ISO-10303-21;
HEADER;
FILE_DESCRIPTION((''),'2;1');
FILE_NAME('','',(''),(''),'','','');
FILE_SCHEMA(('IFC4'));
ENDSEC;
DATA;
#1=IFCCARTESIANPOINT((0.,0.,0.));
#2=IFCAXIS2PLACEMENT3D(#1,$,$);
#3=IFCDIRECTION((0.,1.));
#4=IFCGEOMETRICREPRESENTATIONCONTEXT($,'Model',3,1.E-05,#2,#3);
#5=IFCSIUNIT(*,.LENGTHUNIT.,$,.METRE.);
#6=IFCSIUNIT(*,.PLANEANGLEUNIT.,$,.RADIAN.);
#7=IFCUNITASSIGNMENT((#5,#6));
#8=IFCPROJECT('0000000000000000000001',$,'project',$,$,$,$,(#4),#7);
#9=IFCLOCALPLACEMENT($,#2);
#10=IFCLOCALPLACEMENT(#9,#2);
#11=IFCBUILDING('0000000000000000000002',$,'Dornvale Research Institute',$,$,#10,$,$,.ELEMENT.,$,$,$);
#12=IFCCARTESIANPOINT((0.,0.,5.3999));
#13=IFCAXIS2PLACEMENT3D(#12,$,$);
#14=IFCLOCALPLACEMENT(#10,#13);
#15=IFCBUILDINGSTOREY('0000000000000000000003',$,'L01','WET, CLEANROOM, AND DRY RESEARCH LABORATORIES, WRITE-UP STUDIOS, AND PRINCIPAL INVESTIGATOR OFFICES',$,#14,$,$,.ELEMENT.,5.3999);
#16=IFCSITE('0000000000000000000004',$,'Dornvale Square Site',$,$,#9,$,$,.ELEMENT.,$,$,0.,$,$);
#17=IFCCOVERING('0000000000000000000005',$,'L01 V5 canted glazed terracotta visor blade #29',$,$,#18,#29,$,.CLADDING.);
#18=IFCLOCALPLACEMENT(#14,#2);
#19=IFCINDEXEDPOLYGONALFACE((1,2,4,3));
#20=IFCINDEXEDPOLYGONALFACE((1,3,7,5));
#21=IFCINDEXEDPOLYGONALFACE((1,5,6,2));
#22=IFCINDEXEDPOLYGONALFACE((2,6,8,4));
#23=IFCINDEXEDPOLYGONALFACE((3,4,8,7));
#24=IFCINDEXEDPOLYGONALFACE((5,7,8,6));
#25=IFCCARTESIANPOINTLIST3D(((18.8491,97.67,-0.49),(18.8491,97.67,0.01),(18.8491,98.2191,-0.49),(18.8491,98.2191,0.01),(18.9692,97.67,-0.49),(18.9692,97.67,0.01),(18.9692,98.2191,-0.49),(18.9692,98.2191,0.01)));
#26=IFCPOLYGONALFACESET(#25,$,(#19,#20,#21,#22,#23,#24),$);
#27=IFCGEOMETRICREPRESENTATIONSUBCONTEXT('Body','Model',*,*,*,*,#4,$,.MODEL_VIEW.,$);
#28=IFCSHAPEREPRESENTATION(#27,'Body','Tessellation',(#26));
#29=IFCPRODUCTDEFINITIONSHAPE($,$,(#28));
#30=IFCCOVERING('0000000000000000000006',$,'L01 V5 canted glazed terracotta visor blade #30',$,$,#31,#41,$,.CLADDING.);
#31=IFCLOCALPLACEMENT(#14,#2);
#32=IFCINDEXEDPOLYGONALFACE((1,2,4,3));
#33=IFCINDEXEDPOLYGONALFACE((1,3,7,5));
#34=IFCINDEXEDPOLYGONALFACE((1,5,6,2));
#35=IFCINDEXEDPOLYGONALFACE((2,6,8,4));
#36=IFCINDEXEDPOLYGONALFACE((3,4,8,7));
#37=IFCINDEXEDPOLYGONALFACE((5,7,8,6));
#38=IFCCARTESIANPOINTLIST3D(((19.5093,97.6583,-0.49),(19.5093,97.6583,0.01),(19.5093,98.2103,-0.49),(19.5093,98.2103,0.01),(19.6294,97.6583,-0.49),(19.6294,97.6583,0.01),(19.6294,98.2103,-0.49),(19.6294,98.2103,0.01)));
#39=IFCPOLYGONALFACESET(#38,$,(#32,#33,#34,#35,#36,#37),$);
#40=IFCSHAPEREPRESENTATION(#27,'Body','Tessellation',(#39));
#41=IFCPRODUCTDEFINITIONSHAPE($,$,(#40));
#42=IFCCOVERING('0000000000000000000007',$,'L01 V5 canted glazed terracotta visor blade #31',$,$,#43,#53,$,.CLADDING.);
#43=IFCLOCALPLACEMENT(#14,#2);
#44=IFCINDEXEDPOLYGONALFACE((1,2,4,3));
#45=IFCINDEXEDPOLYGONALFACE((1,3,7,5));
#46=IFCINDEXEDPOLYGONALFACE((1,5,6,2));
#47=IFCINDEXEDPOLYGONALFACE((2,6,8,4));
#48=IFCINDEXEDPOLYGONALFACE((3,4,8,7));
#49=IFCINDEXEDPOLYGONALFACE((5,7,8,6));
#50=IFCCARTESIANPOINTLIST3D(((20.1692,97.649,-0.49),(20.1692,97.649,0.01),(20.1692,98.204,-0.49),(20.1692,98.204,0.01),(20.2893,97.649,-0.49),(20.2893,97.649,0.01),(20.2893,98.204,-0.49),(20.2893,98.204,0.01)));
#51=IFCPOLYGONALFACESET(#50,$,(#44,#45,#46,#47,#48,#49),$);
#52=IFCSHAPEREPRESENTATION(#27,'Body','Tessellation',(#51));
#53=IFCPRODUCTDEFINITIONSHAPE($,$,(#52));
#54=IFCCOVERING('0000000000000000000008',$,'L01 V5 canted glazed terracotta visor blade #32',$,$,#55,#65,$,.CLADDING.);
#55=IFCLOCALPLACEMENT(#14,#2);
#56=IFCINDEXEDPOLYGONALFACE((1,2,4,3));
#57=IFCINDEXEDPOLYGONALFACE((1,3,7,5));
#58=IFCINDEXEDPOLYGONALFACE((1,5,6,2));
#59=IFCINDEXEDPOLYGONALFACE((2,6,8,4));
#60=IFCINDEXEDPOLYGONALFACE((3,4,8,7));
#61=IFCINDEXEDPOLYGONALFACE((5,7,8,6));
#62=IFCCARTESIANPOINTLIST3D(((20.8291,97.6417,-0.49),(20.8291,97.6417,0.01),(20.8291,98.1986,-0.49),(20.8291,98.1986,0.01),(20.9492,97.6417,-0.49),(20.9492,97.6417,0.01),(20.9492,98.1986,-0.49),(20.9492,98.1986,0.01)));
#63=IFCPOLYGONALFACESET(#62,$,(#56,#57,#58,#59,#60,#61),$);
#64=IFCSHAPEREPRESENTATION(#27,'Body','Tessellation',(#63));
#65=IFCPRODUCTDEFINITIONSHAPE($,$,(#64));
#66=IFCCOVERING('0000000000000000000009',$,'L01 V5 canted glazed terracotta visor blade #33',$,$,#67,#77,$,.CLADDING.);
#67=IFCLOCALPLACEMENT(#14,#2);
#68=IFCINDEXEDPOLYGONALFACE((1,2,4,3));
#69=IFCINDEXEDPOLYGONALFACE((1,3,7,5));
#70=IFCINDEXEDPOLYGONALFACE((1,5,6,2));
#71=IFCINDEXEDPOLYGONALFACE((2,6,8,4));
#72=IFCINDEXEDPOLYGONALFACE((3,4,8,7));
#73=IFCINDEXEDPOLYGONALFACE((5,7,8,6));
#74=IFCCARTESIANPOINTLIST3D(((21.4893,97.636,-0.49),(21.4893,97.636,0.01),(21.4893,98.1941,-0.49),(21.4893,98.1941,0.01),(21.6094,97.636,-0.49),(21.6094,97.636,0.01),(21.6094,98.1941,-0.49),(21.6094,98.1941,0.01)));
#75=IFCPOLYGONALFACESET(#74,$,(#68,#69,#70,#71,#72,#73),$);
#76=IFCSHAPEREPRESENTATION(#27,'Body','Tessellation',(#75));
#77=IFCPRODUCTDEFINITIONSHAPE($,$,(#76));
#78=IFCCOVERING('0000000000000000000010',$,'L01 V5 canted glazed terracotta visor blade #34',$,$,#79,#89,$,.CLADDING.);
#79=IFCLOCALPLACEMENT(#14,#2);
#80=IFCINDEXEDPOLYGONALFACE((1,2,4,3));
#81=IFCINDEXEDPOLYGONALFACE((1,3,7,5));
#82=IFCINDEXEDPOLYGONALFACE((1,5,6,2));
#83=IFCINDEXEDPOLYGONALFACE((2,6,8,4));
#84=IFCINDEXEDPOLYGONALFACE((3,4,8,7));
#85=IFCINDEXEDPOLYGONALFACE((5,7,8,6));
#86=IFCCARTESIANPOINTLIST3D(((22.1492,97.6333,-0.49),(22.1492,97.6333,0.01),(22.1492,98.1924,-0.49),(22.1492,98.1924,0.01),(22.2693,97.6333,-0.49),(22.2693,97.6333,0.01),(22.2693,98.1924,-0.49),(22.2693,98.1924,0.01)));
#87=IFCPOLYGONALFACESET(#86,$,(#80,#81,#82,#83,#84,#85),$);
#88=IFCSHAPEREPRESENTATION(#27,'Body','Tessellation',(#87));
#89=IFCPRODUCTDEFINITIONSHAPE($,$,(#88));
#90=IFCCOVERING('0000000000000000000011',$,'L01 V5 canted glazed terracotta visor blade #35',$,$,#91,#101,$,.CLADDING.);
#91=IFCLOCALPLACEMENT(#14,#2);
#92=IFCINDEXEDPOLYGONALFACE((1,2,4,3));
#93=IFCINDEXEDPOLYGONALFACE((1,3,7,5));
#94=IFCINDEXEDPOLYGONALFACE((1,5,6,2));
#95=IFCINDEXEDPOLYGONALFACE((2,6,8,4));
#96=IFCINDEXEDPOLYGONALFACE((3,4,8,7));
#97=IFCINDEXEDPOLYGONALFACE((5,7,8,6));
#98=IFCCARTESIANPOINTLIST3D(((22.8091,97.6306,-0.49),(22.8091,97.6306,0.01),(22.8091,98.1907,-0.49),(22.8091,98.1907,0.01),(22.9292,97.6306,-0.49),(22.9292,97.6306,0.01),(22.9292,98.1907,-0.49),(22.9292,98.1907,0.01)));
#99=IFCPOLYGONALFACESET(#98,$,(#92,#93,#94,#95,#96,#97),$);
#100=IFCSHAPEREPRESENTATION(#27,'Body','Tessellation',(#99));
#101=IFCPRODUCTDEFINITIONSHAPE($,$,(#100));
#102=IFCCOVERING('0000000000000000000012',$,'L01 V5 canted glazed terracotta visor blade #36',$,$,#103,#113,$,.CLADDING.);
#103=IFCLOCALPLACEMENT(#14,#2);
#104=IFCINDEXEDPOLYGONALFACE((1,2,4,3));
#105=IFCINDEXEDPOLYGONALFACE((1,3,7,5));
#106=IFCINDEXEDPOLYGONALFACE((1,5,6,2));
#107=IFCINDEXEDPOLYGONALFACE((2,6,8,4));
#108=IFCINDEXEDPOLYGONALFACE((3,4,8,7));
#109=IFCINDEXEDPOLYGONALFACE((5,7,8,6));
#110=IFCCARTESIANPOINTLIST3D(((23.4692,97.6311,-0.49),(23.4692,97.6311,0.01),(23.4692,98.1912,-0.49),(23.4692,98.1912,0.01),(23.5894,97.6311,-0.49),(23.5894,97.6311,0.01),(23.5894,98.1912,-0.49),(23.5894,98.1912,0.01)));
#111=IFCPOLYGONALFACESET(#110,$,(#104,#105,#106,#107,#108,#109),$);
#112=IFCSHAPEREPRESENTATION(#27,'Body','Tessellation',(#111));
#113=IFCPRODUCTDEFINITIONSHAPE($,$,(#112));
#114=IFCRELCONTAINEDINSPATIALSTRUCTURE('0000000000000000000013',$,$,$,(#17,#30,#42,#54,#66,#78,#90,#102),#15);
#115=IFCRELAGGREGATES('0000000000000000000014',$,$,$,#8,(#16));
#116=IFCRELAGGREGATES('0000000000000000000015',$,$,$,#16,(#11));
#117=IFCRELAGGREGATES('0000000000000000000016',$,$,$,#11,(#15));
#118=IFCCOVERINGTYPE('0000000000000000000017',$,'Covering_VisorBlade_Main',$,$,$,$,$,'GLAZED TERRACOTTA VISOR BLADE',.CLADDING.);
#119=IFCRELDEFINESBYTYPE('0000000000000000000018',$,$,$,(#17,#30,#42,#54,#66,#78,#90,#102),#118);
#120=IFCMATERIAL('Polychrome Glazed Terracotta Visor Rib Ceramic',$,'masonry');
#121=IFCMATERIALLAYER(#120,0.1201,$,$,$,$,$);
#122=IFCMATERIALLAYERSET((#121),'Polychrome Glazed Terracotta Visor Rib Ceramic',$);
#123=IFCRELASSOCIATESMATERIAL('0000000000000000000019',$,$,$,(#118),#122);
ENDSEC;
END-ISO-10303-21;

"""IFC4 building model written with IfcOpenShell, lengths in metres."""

from ifc_helpers import new_model, si_unit, direction, frame, origin, origin_2d, place, context, subcontext, project, spatial, rectangle, extrude, material, layer, layer_set, type_object, element, save


model = new_model("IFC4")

# Units and contexts
model_context = context("Model", 3, precision=1e-05, world=origin(), true_north=direction((0.0, 1.0)))
body_context = subcontext(model_context, "Body", "Model", "MODEL_VIEW")
ifc_project = project(units=[si_unit("LENGTHUNIT", "METRE"), si_unit("PLANEANGLEUNIT", "RADIAN")], contexts=[model_context])

# Site, building, storey
site_placement = place(None, origin())
site = spatial("IfcSite", under=ifc_project, at=site_placement, Name="Dornvale Square Site", CompositionType="ELEMENT", RefElevation=0.0)
building_placement = place(site_placement, origin())
building = spatial("IfcBuilding", under=site, at=building_placement, Name="Dornvale Research Institute", CompositionType="ELEMENT")
storey_placement = place(building_placement, frame((0.0, 0.0, 5.3999)))
storey = spatial("IfcBuildingStorey", under=building, at=storey_placement, Name="L01", Description="WET, CLEANROOM, AND DRY RESEARCH LABORATORIES, WRITE-UP STUDIOS, AND PRINCIPAL INVESTIGATOR OFFICES", CompositionType="ELEMENT", Elevation=5.3999)

# Coverings
ifc_material_1 = material(Name="Polychrome Glazed Terracotta Visor Rib Ceramic", Category="masonry")
ifc_layer_1 = layer(ifc_material_1, 0.1201)
ifc_layer_set_1 = layer_set([ifc_layer_1], Name="Polychrome Glazed Terracotta Visor Rib Ceramic")
covering_type = type_object("IfcCoveringType", Name="Covering_VisorBlade_Main", ElementType="GLAZED TERRACOTTA VISOR BLADE", PredefinedType="CLADDING", material=ifc_layer_set_1)
covering_1_placement = place(storey_placement, frame((18.9092, 97.9446, -0.49), z_axis=(0.0, 0.0, 1.0), x_axis=(0.0, 1.0, 0.0)))
element("IfcCovering", 1, at=covering_1_placement, inside=storey, type_object=covering_type, Name="L01 V5 canted glazed terracotta visor blade #29", PredefinedType="CLADDING", context=body_context, shape_type="SweptSolid", body=[
    extrude(rectangle(XDim=0.5491, YDim=0.1201, at=origin_2d()), origin(), (0.0, 0.0, 1.0), 0.5),
])
covering_2_placement = place(storey_placement, frame((19.5693, 97.9343, -0.49), z_axis=(0.0, 0.0, 1.0), x_axis=(0.0, 1.0, 0.0)))
element("IfcCovering", 2, at=covering_2_placement, inside=storey, type_object=covering_type, Name="L01 V5 canted glazed terracotta visor blade #30", PredefinedType="CLADDING", context=body_context, shape_type="SweptSolid", body=[
    extrude(rectangle(XDim=0.552, YDim=0.1201, at=origin_2d()), origin(), (0.0, 0.0, 1.0), 0.5),
])
covering_3_placement = place(storey_placement, frame((20.2292, 97.9265, -0.49), z_axis=(0.0, 0.0, 1.0), x_axis=(0.0, 1.0, 0.0)))
element("IfcCovering", 3, at=covering_3_placement, inside=storey, type_object=covering_type, Name="L01 V5 canted glazed terracotta visor blade #31", PredefinedType="CLADDING", context=body_context, shape_type="SweptSolid", body=[
    extrude(rectangle(XDim=0.5549, YDim=0.1201, at=origin_2d()), origin(), (0.0, 0.0, 1.0), 0.5),
])
covering_4_placement = place(storey_placement, frame((20.8892, 97.9202, -0.49), z_axis=(0.0, 0.0, 1.0), x_axis=(0.0, 1.0, 0.0)))
element("IfcCovering", 4, at=covering_4_placement, inside=storey, type_object=covering_type, Name="L01 V5 canted glazed terracotta visor blade #32", PredefinedType="CLADDING", context=body_context, shape_type="SweptSolid", body=[
    extrude(rectangle(XDim=0.5569, YDim=0.1201, at=origin_2d()), origin(), (0.0, 0.0, 1.0), 0.5),
])
covering_5_placement = place(storey_placement, frame((21.5493, 97.915, -0.49), z_axis=(0.0, 0.0, 1.0), x_axis=(0.0, 1.0, 0.0)))
element("IfcCovering", 5, at=covering_5_placement, inside=storey, type_object=covering_type, Name="L01 V5 canted glazed terracotta visor blade #33", PredefinedType="CLADDING", context=body_context, shape_type="SweptSolid", body=[
    extrude(rectangle(XDim=0.5581, YDim=0.1201, at=origin_2d()), origin(), (0.0, 0.0, 1.0), 0.5),
])
covering_6_placement = place(storey_placement, frame((22.2092, 97.9128, -0.49), z_axis=(0.0, 0.0, 1.0), x_axis=(0.0, 1.0, 0.0)))
element("IfcCovering", 6, at=covering_6_placement, inside=storey, type_object=covering_type, Name="L01 V5 canted glazed terracotta visor blade #34", PredefinedType="CLADDING", context=body_context, shape_type="SweptSolid", body=[
    extrude(rectangle(XDim=0.5591, YDim=0.1201, at=origin_2d()), origin(), (0.0, 0.0, 1.0), 0.5),
])
for number, where, z_axis, x_axis, name in (
    (7, (22.8691, 97.9106, -0.49), (0.0, 0.0, 1.0), (0.0, 1.0, 0.0), "L01 V5 canted glazed terracotta visor blade #35"),
    (8, (23.5293, 97.9111, -0.49), (0.0, 0.0, 1.0), (0.0, 1.0, 0.0), "L01 V5 canted glazed terracotta visor blade #36"),
):
    element("IfcCovering", number, at=place(storey_placement, frame(where, z_axis=z_axis, x_axis=x_axis)), inside=storey, type_object=covering_type, Name=name, PredefinedType="CLADDING", context=body_context, shape_type="SweptSolid", body=[
        extrude(rectangle(XDim=0.5601, YDim=0.1201, at=origin_2d()), origin(), (0.0, 0.0, 1.0), 0.5),
    ])

save(model, "model.ifc")
